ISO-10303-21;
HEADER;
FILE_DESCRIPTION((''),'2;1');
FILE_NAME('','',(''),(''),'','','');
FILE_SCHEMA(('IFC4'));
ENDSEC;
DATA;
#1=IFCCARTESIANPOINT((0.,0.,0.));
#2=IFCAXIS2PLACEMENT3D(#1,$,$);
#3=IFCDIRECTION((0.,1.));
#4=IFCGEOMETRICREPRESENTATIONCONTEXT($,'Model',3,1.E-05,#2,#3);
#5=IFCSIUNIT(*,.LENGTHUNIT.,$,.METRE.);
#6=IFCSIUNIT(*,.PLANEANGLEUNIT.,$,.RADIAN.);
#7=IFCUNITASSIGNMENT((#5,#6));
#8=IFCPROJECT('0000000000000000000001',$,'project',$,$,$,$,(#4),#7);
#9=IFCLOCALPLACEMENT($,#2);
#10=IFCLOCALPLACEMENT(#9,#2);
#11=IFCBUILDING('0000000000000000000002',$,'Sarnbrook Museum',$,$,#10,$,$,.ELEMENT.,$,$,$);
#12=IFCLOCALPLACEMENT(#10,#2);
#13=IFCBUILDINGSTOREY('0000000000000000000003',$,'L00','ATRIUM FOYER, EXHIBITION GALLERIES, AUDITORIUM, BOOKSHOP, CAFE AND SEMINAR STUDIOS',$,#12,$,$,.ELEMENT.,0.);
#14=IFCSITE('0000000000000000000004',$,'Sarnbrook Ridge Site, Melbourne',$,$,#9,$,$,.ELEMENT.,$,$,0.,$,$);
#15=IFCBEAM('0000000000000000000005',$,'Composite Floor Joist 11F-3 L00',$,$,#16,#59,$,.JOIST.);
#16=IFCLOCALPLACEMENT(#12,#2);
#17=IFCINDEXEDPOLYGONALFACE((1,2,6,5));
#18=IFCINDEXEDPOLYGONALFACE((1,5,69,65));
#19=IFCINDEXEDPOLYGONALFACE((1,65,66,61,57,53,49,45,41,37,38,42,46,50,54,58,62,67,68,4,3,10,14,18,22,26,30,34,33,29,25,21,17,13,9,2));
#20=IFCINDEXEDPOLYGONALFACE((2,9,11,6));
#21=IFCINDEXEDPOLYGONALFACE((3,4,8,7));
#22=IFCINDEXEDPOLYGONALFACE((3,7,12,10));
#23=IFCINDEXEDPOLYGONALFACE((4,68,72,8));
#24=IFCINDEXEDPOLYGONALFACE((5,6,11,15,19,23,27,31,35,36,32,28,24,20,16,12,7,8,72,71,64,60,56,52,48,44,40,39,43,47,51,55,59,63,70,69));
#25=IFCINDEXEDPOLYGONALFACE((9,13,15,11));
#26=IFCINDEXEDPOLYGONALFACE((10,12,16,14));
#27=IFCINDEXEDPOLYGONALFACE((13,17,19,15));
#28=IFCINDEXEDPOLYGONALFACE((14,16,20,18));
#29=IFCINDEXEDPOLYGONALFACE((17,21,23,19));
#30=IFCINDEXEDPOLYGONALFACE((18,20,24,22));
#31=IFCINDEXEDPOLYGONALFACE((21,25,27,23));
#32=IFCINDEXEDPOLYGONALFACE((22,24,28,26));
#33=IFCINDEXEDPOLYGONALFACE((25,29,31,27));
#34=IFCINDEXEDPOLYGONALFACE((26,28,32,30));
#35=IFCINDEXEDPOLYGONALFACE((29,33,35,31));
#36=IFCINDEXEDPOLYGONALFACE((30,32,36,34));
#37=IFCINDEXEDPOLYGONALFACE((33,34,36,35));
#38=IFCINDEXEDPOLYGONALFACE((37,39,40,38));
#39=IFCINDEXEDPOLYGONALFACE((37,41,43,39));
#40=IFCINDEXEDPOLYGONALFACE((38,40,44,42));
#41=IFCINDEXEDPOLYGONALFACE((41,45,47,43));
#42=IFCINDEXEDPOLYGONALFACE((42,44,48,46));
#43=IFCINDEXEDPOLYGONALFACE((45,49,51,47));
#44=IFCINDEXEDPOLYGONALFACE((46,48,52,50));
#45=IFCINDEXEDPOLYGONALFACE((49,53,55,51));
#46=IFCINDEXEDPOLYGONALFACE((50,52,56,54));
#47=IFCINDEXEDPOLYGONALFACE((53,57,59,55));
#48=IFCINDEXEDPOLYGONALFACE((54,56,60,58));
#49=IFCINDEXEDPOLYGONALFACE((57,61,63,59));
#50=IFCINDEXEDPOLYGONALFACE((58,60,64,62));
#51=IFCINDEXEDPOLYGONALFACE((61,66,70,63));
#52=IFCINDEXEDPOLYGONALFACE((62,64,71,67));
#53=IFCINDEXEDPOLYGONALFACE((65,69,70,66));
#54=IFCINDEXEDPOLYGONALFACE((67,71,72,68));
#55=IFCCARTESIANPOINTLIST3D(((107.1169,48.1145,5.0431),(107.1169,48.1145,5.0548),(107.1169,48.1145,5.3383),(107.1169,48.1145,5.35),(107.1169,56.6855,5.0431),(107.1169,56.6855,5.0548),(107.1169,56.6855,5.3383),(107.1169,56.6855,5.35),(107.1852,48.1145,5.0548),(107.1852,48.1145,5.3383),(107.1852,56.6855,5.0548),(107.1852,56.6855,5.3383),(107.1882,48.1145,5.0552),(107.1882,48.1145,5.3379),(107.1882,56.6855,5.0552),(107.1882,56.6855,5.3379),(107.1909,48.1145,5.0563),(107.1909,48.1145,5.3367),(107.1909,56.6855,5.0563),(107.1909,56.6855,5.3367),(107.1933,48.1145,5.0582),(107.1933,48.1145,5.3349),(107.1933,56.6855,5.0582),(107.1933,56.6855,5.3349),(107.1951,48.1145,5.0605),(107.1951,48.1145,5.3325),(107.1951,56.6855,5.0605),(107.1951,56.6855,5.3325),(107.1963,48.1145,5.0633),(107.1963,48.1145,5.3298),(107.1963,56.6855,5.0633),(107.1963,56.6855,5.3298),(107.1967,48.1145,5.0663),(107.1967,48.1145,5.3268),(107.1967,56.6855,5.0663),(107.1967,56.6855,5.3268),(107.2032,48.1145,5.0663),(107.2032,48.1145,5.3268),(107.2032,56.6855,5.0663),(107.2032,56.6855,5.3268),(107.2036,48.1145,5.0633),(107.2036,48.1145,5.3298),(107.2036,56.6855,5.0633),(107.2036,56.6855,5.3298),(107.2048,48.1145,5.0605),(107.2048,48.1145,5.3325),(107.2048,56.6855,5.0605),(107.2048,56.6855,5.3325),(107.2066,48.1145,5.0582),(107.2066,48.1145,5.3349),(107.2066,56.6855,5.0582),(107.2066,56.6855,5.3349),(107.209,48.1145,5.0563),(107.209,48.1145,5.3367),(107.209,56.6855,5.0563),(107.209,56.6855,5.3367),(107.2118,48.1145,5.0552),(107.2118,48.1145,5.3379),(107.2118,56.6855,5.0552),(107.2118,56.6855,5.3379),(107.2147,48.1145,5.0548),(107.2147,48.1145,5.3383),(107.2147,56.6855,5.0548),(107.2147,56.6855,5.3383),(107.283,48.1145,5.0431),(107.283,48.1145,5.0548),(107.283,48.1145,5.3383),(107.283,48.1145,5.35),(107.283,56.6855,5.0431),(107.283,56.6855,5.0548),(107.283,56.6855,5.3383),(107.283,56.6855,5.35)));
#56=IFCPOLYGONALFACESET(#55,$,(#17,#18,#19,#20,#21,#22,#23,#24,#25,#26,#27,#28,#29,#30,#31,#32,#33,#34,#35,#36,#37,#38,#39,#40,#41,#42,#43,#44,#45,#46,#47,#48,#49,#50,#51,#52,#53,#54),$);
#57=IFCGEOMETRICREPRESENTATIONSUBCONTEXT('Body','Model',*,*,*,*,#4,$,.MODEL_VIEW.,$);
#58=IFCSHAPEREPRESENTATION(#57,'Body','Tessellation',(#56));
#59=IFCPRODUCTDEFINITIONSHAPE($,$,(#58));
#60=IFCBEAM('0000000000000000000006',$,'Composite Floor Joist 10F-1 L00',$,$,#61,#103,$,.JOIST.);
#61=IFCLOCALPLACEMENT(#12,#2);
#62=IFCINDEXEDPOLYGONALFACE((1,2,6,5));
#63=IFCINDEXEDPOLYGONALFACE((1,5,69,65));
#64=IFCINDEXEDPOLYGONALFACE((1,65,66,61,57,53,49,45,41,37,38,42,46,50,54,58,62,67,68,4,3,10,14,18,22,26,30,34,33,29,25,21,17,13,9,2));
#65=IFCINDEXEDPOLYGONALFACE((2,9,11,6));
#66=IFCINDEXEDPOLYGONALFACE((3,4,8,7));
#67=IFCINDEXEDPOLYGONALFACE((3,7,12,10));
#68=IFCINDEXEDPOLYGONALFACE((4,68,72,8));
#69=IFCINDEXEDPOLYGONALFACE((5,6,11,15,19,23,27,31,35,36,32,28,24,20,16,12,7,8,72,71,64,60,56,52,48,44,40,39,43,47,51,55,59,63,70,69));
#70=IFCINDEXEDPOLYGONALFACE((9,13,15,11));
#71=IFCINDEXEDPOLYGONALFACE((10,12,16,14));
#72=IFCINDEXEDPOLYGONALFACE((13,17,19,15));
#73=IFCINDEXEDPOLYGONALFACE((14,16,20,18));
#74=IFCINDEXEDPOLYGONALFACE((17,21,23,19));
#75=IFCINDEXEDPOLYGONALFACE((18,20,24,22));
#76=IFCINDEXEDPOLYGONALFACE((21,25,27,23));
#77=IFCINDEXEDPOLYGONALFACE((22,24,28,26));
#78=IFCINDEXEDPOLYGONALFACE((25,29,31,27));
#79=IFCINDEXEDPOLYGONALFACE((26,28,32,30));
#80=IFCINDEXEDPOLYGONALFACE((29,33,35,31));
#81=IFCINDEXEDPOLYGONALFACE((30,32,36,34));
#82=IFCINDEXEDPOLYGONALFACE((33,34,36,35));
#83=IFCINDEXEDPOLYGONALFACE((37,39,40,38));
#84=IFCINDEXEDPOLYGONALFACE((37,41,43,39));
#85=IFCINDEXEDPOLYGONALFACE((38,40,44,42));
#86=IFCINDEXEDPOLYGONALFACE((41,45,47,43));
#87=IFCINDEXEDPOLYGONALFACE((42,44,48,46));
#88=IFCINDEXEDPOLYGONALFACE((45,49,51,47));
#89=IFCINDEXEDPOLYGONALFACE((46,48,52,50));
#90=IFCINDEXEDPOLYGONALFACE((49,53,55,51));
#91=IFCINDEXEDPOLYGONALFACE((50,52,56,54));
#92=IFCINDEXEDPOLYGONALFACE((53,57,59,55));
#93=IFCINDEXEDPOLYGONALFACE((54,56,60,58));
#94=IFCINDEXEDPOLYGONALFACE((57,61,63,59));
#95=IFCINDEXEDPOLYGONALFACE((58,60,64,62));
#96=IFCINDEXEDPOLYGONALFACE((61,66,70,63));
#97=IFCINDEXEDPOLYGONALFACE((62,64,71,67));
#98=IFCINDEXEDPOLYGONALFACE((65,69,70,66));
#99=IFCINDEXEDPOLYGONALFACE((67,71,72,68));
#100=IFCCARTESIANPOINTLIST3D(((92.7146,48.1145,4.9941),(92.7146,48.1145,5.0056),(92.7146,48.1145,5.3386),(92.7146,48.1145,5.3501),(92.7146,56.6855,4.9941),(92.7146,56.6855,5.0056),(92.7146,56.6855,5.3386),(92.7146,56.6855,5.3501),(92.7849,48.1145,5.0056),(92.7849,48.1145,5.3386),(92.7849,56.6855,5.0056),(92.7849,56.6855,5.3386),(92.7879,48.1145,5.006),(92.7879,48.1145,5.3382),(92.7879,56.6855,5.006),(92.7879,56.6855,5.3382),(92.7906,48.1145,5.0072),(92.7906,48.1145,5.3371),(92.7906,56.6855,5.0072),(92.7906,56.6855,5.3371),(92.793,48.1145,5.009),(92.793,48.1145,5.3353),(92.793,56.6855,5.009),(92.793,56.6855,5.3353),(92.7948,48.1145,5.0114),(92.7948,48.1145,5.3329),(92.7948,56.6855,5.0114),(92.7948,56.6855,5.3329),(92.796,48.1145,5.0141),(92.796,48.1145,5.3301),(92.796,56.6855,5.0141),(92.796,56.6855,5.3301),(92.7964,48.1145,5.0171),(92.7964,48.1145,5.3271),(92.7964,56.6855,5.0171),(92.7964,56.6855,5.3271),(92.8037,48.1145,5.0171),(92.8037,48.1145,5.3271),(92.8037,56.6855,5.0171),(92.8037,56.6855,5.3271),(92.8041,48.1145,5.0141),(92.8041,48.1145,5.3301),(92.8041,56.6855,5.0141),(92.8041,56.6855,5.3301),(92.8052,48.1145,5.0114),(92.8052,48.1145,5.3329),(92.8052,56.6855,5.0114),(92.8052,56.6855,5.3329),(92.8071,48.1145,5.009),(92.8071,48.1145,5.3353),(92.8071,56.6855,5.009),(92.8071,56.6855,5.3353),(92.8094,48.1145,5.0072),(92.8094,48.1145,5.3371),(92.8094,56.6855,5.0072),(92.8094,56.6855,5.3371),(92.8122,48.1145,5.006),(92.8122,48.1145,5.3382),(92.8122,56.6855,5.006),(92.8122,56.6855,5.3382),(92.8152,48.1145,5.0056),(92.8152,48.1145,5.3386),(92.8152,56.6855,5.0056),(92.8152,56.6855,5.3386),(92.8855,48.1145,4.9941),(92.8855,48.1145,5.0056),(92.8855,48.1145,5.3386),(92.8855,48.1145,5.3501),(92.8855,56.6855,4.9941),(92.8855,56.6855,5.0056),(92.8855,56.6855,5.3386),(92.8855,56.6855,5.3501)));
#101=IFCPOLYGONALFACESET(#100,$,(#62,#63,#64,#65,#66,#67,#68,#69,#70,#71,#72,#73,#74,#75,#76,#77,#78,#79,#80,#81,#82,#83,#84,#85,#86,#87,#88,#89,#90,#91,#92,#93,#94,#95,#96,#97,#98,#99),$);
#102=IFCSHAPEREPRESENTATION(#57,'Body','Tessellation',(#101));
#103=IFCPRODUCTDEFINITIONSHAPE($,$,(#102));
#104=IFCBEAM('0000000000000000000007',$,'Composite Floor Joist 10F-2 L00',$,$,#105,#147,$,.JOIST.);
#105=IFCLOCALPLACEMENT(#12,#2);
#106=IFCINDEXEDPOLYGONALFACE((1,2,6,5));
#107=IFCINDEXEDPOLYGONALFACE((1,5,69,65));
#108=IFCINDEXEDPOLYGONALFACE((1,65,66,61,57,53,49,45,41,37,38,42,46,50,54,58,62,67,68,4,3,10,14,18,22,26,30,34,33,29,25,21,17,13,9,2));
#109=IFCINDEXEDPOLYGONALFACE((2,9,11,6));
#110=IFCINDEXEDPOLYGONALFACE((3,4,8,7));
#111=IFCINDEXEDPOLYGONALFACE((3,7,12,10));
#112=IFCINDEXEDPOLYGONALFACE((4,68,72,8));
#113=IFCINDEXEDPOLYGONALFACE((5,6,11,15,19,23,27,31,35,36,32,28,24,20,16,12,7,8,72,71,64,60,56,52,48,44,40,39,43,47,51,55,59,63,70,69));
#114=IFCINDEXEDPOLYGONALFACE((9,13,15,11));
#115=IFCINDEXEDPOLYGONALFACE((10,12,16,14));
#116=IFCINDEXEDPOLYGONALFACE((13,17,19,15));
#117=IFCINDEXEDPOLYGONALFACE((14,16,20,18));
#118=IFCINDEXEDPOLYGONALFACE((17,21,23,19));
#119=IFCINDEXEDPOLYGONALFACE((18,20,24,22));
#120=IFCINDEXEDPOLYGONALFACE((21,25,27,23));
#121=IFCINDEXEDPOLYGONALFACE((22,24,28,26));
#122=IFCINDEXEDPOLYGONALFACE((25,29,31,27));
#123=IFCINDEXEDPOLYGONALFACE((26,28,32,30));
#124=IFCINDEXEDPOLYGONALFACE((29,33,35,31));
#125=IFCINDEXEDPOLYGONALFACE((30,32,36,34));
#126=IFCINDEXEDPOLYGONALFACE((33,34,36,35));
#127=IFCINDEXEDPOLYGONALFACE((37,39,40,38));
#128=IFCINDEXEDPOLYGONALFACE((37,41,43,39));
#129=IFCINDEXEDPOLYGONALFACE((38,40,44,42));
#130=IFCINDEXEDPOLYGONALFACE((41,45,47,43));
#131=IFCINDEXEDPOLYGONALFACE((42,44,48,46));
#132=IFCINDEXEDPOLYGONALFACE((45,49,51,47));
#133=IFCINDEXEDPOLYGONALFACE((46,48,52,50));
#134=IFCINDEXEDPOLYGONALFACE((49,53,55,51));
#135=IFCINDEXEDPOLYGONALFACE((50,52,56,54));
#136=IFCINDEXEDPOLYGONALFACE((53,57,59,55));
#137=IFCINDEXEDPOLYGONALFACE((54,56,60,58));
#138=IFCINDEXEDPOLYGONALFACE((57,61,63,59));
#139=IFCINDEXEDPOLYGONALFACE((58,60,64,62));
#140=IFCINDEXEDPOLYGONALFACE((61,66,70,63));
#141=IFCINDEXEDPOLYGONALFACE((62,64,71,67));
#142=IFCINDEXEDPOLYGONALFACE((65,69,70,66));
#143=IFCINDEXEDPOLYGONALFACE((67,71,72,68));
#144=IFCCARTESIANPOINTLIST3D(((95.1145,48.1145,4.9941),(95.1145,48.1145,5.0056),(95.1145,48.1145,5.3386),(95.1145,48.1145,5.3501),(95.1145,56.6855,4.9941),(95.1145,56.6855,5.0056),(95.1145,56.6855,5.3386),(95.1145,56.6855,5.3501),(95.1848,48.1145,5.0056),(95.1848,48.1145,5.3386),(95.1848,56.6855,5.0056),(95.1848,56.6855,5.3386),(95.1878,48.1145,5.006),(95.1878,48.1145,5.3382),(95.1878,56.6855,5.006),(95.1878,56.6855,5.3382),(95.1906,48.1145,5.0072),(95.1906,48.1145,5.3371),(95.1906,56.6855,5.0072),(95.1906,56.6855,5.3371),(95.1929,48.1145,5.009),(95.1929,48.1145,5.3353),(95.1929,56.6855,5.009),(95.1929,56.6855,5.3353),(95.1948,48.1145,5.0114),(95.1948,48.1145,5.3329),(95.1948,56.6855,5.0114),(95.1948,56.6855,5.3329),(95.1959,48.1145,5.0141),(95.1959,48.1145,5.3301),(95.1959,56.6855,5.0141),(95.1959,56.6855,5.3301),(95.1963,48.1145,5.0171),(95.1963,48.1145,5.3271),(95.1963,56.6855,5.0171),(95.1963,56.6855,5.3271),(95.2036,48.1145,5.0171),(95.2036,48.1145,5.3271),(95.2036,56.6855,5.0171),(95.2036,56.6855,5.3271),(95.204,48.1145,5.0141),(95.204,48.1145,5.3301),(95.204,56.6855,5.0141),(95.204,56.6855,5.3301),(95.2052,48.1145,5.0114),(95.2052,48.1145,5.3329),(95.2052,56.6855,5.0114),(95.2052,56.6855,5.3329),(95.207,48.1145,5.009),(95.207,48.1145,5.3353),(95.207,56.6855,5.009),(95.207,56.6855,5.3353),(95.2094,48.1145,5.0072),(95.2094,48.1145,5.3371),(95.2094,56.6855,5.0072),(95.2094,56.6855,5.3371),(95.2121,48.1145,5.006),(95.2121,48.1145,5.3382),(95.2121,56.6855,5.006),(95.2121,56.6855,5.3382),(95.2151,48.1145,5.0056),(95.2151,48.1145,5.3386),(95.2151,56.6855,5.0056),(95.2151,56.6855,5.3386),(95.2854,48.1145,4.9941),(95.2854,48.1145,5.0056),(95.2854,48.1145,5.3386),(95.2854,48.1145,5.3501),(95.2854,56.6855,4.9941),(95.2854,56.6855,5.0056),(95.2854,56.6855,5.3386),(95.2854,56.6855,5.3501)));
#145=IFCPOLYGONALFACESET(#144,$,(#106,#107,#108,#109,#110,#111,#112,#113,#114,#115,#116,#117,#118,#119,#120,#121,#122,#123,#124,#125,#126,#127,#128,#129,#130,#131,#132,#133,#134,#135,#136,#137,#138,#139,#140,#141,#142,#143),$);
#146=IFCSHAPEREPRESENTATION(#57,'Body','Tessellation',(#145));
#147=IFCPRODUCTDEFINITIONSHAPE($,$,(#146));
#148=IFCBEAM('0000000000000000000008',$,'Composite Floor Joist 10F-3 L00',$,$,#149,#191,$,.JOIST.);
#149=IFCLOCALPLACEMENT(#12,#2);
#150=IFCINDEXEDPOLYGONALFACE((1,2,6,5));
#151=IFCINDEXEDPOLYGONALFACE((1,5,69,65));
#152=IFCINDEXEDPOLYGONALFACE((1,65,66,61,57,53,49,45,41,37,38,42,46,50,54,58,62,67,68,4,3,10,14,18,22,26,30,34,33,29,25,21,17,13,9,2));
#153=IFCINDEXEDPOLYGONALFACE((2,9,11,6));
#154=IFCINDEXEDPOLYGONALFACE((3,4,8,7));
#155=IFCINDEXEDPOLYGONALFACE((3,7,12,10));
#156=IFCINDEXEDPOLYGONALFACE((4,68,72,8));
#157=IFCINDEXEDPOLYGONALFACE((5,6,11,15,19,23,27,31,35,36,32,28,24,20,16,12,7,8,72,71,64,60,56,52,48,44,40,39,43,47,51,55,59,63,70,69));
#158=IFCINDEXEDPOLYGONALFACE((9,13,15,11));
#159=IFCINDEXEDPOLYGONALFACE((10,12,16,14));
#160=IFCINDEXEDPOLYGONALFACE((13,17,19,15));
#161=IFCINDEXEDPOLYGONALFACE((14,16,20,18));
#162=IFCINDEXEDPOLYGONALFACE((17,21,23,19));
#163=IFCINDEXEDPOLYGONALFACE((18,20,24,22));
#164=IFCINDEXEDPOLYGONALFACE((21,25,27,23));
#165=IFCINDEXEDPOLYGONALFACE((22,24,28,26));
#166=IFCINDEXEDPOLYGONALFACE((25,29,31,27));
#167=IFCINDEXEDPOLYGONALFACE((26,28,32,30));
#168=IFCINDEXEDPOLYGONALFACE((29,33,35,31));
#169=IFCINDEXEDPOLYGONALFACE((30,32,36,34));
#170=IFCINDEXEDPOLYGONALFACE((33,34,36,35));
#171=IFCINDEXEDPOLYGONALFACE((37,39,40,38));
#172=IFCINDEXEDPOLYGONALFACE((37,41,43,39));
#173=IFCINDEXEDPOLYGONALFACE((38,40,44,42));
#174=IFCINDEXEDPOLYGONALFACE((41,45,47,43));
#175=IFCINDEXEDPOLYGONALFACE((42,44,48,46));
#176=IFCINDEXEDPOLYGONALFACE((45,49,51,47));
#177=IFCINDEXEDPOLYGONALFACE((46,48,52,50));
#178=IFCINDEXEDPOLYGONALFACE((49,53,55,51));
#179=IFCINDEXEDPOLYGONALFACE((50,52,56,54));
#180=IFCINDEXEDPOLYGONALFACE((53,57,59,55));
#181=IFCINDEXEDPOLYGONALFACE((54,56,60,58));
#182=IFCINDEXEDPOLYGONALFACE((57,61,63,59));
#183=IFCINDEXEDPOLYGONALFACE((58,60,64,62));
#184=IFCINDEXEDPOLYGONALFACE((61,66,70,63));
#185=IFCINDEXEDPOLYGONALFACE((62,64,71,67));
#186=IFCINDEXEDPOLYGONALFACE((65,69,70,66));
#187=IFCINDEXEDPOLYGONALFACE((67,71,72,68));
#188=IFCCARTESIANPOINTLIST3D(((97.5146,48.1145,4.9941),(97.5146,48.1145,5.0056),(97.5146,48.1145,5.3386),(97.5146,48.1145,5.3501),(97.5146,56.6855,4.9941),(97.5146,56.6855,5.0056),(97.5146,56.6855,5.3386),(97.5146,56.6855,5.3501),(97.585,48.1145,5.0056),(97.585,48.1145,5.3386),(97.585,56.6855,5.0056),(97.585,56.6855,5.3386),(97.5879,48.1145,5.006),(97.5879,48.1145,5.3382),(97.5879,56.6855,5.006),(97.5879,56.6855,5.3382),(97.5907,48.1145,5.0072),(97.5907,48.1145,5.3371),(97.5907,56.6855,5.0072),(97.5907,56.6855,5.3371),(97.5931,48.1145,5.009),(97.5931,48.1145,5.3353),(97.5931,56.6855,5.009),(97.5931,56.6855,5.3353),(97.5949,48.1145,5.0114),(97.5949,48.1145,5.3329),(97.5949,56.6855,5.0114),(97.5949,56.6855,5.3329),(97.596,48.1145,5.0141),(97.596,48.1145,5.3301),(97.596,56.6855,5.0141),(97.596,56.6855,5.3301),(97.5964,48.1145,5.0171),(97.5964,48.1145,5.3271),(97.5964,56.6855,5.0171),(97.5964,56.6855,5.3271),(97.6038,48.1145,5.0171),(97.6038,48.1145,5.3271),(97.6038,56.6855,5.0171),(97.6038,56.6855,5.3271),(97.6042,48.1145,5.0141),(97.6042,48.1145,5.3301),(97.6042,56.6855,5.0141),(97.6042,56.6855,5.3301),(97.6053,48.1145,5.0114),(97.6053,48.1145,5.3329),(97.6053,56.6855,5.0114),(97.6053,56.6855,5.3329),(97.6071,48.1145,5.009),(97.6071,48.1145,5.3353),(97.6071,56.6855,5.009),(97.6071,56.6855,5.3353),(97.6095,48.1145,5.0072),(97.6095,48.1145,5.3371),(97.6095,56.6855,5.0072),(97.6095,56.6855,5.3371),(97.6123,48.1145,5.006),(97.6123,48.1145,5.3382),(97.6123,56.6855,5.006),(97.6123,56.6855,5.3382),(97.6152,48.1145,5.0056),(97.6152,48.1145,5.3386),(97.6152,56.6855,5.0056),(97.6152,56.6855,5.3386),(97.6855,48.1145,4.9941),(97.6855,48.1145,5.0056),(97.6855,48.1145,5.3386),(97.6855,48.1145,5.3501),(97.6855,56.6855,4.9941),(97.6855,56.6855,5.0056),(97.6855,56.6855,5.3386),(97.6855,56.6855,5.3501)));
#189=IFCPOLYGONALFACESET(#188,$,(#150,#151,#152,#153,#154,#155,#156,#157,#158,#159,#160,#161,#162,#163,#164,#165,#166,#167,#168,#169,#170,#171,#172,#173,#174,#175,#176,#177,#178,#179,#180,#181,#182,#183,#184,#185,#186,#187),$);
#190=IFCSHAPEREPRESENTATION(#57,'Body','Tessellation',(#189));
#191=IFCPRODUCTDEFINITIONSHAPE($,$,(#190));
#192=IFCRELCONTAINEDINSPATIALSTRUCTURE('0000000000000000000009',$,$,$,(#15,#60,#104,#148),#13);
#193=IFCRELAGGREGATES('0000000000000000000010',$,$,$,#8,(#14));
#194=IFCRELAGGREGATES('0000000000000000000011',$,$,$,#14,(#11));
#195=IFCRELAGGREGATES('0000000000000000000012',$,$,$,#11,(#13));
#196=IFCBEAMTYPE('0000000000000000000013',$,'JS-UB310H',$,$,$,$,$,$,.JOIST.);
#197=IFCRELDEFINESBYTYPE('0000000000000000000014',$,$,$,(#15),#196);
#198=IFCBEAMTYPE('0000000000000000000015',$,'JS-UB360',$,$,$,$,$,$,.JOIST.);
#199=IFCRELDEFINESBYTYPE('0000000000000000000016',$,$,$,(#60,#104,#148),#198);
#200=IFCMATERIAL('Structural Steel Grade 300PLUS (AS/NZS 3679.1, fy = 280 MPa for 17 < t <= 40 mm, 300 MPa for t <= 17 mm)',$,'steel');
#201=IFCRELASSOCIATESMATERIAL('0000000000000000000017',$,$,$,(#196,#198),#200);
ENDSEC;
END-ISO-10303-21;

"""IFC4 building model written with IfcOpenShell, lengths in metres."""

from ifc_helpers import new_model, si_unit, direction, frame, origin, origin_2d, place, context, subcontext, project, spatial, i_section, extrude, material, material_profile, profile_set, type_object, element, save


model = new_model("IFC4")

# Units and contexts
model_context = context("Model", 3, precision=1e-05, world=origin(), true_north=direction((0.0, 1.0)))
body_context = subcontext(model_context, "Body", "Model", "MODEL_VIEW")
ifc_project = project(units=[si_unit("LENGTHUNIT", "METRE"), si_unit("PLANEANGLEUNIT", "RADIAN")], contexts=[model_context])

# Site, building, storey
site_placement = place(None, origin())
site = spatial("IfcSite", under=ifc_project, at=site_placement, Name="Sarnbrook Ridge Site, Melbourne", CompositionType="ELEMENT", RefElevation=0.0)
building_placement = place(site_placement, origin())
building = spatial("IfcBuilding", under=site, at=building_placement, Name="Sarnbrook Museum", CompositionType="ELEMENT")
storey_placement = place(building_placement, origin())
storey = spatial("IfcBuildingStorey", under=building, at=storey_placement, Name="L00", Description="ATRIUM FOYER, EXHIBITION GALLERIES, AUDITORIUM, BOOKSHOP, CAFE AND SEMINAR STUDIOS", CompositionType="ELEMENT", Elevation=0.0)

# Shared definitions
ifc_material_1 = material(Name="Structural Steel Grade 300PLUS (AS/NZS 3679.1, fy = 280 MPa for 17 < t <= 40 mm, 300 MPa for t <= 17 mm)", Category="steel")

# Beams
ifc_material_profile_1 = material_profile(ifc_material_1, i_section(OverallWidth=0.166, OverallDepth=0.3069, WebThickness=0.0066, FlangeThickness=0.0117, FilletRadius=0.0115, at=origin_2d()), Name="310UB46.2")
ifc_profile_set_1 = profile_set([ifc_material_profile_1], Name="Structural Steel Grade 300PLUS (AS/NZS 3679.1, fy = 280 MPa for 17 < t <= 40 mm, 300 MPa for t <= 17 mm)")
beam_type_1 = type_object("IfcBeamType", Name="JS-UB310H", PredefinedType="JOIST", material=ifc_profile_set_1)
for number, where, z_axis, x_axis, name in (
    (1, (107.2, 48.1145, 5.1965), (0.0, 1.0, 0.0), (-1.0, 0.0, 0.0), "Composite Floor Joist 11F-3 L00"),
):
    element("IfcBeam", number, at=place(storey_placement, frame(where, z_axis=z_axis, x_axis=x_axis)), inside=storey, type_object=beam_type_1, Name=name, PredefinedType="JOIST", context=body_context, shape_type="SweptSolid", body=[
        extrude(i_section(OverallWidth=0.166, OverallDepth=0.3069, WebThickness=0.0066, FlangeThickness=0.0117, FilletRadius=0.0115, at=origin_2d()), origin(), (0.0, 0.0, 1.0), 8.571),
    ])
ifc_material_profile_2 = material_profile(ifc_material_1, i_section(OverallWidth=0.1709, OverallDepth=0.356, WebThickness=0.0073, FlangeThickness=0.0115, FilletRadius=0.0115, at=origin_2d()), Name="360UB50.7")
ifc_profile_set_2 = profile_set([ifc_material_profile_2], Name="Structural Steel Grade 300PLUS (AS/NZS 3679.1, fy = 280 MPa for 17 < t <= 40 mm, 300 MPa for t <= 17 mm)")
beam_type_2 = type_object("IfcBeamType", Name="JS-UB360", PredefinedType="JOIST", material=ifc_profile_set_2)
for number, where, z_axis, x_axis, name in (
    (2, (92.8, 48.1145, 5.1721), (0.0, 1.0, 0.0), (-1.0, 0.0, 0.0), "Composite Floor Joist 10F-1 L00"),
    (3, (95.2, 48.1145, 5.1721), (0.0, 1.0, 0.0), (-1.0, 0.0, 0.0), "Composite Floor Joist 10F-2 L00"),
    (4, (97.6001, 48.1145, 5.1721), (0.0, 1.0, 0.0), (-1.0, 0.0, 0.0), "Composite Floor Joist 10F-3 L00"),
):
    element("IfcBeam", number, at=place(storey_placement, frame(where, z_axis=z_axis, x_axis=x_axis)), inside=storey, type_object=beam_type_2, Name=name, PredefinedType="JOIST", context=body_context, shape_type="SweptSolid", body=[
        extrude(i_section(OverallWidth=0.1709, OverallDepth=0.356, WebThickness=0.0073, FlangeThickness=0.0115, FilletRadius=0.0115, at=origin_2d()), origin(), (0.0, 0.0, 1.0), 8.571),
    ])

save(model, "model.ifc")
